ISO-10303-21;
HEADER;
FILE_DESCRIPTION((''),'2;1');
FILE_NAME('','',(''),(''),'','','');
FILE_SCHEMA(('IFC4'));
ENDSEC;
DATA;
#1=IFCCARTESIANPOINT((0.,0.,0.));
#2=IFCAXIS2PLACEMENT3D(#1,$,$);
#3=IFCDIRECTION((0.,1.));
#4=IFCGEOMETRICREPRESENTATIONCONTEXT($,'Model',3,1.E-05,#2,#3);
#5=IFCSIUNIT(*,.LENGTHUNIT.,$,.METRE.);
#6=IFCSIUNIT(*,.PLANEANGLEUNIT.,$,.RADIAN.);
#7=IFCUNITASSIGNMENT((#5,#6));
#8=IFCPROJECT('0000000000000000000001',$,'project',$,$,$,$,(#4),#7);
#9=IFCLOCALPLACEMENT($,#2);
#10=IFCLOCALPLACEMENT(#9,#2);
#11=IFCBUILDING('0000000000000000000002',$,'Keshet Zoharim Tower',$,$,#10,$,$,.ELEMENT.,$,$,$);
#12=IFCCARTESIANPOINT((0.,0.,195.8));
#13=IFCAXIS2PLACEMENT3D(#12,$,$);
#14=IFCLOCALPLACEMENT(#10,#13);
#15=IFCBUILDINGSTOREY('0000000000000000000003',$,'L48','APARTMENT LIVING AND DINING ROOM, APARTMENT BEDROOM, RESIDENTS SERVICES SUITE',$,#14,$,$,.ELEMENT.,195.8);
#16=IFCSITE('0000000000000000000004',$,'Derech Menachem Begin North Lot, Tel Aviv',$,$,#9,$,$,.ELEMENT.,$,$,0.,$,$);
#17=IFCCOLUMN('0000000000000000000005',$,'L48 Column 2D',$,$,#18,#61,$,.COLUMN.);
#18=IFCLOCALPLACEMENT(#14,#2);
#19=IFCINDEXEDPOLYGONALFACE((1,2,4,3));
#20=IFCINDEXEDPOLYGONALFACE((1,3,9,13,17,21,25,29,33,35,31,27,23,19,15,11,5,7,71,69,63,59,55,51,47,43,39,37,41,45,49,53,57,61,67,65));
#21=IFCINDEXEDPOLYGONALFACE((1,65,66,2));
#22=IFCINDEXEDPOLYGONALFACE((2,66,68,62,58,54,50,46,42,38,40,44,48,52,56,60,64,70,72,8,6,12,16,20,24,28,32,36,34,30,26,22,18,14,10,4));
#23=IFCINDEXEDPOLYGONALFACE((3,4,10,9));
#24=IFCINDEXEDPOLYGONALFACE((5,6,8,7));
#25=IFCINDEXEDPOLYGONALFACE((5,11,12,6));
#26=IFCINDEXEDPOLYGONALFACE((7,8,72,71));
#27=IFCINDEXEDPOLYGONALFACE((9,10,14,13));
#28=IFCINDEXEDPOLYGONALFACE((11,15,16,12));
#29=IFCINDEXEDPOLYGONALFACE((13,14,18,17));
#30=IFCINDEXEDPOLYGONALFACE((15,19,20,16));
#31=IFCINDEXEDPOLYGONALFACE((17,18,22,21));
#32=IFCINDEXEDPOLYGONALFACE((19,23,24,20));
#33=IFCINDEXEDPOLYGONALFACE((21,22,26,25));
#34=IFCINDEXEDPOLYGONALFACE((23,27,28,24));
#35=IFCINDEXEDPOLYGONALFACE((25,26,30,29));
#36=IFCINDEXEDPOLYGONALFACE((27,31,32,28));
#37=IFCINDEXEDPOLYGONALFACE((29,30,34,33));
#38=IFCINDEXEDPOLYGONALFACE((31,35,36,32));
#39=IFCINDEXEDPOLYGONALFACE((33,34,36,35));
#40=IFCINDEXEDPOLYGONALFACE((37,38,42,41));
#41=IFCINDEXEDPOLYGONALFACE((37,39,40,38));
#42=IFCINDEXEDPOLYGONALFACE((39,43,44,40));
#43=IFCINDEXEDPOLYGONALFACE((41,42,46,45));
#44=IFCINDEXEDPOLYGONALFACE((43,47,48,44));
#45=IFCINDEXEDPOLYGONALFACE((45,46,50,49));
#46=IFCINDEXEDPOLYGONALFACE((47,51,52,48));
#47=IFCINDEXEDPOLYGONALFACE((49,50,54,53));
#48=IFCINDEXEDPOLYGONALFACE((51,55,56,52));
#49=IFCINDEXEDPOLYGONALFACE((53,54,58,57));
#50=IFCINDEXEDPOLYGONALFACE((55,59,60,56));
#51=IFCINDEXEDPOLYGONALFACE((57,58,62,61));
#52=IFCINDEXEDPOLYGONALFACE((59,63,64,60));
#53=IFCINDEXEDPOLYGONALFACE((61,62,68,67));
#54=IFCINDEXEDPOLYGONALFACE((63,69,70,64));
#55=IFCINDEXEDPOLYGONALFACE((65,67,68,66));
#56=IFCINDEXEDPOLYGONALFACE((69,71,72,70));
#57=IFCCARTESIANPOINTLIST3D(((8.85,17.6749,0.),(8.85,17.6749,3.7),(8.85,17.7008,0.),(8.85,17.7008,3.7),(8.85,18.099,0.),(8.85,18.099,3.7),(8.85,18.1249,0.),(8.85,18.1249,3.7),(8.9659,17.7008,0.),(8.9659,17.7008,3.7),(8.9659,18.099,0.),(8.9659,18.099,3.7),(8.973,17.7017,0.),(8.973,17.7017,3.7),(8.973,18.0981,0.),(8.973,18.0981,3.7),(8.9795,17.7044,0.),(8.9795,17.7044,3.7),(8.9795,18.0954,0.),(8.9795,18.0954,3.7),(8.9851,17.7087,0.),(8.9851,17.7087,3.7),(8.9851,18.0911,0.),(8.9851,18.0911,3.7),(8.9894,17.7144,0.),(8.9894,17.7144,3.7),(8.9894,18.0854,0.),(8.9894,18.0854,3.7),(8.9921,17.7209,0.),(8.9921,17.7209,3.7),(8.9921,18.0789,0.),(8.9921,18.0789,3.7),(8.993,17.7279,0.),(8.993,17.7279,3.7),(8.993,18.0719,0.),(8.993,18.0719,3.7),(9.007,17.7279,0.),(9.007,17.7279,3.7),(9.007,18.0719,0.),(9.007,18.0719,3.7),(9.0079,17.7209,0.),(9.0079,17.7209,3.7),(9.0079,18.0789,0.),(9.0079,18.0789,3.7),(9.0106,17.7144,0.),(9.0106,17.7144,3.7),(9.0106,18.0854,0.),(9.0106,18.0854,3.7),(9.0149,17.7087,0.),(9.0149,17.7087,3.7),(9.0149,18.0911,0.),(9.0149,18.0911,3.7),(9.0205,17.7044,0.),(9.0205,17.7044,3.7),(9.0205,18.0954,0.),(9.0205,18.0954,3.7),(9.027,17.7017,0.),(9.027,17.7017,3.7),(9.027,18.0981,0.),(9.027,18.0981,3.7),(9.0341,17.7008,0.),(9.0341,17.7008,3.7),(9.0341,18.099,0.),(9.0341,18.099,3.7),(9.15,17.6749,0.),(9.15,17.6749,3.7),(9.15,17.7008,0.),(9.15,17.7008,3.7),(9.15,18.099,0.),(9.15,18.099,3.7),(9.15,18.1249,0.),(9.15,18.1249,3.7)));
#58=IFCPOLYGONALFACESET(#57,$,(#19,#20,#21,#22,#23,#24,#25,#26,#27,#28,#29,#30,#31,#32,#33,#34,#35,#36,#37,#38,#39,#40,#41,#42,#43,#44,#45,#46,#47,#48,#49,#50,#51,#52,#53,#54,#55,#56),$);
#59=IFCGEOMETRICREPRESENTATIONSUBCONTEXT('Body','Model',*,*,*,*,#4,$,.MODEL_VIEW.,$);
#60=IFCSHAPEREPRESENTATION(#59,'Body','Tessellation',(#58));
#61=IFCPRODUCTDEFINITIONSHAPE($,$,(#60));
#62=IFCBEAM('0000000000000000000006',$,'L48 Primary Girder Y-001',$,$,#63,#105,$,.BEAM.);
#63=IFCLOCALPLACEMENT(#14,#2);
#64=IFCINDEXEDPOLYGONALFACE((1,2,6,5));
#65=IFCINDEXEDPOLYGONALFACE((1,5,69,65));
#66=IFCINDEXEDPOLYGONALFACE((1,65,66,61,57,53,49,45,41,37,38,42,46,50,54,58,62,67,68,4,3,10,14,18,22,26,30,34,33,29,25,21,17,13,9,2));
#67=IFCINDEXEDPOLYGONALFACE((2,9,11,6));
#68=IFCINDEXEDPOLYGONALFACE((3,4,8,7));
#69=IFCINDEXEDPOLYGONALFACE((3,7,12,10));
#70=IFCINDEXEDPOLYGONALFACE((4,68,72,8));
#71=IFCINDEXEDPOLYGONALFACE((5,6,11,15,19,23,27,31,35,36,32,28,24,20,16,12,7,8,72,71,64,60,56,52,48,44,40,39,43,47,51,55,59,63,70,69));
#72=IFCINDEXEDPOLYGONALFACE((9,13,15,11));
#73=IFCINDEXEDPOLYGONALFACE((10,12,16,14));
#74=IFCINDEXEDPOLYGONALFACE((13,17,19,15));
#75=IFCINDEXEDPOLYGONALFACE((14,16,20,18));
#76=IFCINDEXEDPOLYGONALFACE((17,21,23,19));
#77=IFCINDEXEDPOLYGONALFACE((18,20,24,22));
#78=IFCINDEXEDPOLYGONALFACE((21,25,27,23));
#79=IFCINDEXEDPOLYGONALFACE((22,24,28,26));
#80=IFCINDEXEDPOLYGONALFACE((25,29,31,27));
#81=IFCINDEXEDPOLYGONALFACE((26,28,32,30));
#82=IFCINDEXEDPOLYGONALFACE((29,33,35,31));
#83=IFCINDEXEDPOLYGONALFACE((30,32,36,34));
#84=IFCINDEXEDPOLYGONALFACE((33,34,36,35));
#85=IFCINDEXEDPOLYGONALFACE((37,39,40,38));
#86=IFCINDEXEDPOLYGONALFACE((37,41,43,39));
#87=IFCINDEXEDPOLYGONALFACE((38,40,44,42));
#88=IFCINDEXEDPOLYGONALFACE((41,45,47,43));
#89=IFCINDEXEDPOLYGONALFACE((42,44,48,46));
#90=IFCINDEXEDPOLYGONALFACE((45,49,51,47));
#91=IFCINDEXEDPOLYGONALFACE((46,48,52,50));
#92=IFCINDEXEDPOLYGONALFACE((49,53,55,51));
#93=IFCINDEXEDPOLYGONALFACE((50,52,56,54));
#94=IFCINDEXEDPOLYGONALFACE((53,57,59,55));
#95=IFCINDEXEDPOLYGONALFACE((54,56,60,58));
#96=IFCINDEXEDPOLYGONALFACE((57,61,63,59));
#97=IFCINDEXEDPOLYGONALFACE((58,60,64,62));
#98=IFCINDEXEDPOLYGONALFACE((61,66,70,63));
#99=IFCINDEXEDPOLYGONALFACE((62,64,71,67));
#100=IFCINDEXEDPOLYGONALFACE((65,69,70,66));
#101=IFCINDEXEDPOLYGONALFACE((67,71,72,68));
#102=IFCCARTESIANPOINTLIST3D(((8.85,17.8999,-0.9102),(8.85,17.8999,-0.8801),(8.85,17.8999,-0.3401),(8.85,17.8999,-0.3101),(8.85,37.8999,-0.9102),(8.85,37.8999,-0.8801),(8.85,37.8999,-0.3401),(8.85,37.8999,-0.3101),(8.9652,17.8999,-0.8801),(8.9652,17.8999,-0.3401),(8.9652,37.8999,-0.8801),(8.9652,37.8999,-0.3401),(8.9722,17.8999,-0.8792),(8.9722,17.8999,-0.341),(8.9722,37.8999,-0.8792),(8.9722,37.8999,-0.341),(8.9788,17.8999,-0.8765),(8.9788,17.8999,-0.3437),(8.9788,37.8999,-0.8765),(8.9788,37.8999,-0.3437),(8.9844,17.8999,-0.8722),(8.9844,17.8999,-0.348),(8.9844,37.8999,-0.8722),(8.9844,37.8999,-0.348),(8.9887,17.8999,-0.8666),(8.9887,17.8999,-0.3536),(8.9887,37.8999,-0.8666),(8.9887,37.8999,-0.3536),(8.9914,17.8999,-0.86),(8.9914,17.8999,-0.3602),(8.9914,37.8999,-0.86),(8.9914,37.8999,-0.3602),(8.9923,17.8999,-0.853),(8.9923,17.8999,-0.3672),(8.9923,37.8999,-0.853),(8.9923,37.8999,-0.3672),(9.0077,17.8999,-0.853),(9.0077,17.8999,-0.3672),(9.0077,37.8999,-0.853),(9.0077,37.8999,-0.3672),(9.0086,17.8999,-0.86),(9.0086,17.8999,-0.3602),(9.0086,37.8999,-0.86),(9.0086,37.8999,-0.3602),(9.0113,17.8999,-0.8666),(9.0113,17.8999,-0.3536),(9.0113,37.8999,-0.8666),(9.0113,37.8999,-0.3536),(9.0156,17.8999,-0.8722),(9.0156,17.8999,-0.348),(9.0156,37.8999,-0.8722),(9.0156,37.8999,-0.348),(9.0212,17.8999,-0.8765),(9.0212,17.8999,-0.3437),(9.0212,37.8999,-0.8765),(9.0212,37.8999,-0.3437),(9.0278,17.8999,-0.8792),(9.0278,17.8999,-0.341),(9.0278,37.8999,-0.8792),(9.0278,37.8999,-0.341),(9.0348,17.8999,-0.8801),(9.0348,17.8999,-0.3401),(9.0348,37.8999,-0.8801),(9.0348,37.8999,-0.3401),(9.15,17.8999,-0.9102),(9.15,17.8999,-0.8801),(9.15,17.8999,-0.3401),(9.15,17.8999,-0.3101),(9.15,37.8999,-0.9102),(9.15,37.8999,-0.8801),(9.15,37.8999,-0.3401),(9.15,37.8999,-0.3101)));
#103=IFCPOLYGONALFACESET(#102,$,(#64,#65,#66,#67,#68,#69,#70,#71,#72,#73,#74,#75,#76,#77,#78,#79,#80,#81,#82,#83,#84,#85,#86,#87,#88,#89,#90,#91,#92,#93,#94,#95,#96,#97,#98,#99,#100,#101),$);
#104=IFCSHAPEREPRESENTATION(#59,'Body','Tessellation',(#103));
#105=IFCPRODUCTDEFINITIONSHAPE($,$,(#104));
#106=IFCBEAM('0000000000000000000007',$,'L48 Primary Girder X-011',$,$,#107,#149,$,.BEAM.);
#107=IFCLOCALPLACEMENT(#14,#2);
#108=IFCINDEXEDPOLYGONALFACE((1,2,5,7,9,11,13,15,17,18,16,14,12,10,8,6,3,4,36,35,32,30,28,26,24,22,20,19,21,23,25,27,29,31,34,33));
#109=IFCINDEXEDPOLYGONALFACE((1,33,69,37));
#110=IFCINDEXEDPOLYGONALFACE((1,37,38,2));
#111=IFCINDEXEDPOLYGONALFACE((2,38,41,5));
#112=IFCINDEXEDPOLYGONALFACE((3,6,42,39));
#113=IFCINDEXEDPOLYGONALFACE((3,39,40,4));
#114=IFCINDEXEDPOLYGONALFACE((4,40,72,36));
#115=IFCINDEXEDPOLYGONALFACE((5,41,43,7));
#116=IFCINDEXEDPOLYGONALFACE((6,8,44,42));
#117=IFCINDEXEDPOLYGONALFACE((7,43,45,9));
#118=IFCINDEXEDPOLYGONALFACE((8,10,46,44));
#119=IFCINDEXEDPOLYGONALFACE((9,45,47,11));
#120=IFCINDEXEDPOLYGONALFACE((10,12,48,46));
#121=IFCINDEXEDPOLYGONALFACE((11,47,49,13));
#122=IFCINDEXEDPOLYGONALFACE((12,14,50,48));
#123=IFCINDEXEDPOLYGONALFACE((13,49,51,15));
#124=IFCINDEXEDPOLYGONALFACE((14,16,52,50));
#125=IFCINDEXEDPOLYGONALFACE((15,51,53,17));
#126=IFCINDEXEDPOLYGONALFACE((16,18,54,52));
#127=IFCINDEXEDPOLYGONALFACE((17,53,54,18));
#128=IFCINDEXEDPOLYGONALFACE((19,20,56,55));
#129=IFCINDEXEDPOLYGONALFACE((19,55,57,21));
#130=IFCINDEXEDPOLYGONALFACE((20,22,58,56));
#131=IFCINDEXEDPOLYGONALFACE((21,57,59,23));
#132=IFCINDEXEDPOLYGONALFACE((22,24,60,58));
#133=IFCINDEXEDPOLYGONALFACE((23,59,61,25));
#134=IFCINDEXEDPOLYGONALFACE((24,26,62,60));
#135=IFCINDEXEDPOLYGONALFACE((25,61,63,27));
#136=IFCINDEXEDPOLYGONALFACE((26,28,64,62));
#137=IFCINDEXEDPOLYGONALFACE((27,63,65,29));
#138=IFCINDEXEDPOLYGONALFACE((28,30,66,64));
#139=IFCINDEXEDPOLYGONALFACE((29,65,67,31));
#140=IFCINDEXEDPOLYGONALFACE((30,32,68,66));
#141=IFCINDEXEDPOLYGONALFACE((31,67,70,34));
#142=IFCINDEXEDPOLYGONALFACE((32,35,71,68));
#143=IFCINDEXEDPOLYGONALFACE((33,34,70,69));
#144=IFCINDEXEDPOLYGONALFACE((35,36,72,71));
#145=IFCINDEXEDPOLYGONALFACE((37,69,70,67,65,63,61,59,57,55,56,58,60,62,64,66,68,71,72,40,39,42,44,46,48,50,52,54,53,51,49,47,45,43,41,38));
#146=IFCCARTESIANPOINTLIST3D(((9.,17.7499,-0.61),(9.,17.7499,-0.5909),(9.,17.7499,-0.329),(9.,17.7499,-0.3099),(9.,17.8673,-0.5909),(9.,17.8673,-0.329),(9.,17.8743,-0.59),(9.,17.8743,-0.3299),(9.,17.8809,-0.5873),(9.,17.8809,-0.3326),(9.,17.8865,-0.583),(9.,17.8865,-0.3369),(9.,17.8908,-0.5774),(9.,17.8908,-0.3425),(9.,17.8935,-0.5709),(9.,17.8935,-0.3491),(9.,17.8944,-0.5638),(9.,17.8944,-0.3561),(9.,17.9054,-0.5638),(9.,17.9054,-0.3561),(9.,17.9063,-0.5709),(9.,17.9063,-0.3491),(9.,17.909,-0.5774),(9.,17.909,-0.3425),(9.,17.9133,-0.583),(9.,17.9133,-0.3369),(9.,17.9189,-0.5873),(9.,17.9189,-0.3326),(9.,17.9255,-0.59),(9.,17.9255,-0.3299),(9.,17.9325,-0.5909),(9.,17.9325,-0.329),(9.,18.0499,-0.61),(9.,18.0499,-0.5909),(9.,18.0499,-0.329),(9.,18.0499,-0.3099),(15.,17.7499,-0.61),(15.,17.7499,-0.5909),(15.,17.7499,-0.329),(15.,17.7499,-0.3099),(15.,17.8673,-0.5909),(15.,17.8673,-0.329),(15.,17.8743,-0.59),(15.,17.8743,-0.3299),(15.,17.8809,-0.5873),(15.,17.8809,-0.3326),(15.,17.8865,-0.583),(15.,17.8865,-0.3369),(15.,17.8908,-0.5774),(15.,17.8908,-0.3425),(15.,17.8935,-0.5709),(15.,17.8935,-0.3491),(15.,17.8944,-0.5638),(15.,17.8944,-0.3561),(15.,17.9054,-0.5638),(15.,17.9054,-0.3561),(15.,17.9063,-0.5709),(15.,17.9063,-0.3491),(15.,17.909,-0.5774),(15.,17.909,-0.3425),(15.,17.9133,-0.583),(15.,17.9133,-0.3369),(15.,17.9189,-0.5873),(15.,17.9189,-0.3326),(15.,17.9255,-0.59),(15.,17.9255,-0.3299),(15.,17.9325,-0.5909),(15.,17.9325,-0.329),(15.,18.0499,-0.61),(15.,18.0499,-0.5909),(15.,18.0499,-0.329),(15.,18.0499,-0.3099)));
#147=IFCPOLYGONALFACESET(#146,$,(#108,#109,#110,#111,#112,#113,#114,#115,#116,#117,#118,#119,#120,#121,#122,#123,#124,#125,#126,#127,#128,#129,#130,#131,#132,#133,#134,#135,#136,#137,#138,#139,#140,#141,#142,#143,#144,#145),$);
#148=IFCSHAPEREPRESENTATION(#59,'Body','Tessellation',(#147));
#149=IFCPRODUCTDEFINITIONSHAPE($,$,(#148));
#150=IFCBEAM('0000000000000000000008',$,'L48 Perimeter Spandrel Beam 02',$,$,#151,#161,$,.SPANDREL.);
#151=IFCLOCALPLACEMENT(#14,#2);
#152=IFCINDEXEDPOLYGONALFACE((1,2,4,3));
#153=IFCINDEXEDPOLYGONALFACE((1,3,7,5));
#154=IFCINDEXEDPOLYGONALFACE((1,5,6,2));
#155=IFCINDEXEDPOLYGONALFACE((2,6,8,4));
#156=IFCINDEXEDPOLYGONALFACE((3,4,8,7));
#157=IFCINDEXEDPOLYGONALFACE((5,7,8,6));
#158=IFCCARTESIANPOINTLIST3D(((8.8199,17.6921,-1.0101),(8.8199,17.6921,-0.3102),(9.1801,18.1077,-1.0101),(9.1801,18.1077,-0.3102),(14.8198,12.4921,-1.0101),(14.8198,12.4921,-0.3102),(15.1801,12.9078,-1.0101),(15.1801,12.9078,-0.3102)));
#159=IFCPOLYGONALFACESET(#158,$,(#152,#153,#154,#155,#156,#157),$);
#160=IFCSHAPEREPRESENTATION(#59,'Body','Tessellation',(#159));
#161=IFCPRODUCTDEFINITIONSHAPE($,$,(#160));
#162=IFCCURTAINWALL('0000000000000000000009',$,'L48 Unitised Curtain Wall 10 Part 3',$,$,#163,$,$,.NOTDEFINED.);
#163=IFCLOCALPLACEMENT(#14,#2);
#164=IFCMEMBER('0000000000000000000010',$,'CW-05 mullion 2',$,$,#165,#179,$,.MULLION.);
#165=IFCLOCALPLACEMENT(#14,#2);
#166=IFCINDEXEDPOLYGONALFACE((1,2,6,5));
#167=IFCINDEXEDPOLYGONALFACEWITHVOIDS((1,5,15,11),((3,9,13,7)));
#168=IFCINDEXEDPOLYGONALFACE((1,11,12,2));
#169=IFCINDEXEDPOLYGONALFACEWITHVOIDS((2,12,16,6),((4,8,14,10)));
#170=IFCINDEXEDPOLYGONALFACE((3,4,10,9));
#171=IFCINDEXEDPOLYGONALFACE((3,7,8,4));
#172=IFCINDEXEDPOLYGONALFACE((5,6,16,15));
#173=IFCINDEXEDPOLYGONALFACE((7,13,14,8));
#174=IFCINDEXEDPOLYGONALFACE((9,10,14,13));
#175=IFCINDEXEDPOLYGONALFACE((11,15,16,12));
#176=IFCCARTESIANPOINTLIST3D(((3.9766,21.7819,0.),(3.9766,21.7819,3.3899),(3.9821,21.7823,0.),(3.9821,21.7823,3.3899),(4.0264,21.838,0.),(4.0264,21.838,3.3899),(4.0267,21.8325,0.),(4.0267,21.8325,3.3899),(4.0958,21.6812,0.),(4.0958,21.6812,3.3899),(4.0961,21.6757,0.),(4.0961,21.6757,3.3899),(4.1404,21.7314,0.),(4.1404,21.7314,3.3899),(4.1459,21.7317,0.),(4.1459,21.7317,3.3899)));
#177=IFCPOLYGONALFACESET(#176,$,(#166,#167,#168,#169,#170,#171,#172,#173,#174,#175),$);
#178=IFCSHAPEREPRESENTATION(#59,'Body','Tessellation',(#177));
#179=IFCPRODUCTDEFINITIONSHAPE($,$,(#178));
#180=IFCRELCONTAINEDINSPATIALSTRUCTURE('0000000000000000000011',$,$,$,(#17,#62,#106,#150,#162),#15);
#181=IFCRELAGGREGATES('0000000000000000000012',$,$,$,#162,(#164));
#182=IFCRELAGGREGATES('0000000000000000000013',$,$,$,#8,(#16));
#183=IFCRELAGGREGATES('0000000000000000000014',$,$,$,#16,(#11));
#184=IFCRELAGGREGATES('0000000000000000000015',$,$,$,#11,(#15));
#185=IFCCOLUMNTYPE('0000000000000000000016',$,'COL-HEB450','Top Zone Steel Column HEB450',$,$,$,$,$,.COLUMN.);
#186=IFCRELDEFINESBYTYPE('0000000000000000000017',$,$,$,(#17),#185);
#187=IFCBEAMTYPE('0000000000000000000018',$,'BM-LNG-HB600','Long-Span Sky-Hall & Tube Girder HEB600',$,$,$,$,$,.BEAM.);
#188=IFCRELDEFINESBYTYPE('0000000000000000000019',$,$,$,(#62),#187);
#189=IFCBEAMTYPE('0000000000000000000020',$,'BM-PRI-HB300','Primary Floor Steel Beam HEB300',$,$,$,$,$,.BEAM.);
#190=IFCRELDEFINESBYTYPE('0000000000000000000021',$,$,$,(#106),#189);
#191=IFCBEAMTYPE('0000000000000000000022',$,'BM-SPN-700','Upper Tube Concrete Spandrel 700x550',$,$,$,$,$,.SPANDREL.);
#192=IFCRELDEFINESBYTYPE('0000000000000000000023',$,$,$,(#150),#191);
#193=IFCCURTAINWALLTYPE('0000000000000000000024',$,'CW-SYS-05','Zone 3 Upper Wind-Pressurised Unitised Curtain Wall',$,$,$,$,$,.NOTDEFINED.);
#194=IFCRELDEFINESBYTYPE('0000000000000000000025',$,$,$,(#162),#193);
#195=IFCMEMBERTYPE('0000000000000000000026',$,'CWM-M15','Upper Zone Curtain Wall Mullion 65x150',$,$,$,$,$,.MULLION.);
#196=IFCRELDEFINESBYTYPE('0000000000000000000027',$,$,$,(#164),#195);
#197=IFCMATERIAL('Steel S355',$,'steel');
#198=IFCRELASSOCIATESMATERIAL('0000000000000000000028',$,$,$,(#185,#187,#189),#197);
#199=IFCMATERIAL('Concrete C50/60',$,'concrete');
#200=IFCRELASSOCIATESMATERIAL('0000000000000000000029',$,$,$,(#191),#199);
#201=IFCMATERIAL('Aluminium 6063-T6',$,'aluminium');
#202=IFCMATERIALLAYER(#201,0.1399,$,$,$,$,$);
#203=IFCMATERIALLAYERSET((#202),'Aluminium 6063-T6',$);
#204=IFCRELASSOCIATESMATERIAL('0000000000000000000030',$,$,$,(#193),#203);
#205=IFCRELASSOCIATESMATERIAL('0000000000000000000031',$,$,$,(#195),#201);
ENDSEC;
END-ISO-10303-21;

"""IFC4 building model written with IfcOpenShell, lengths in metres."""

from ifc_helpers import new_model, si_unit, direction, frame, origin, origin_2d, place, context, subcontext, project, spatial, rectangle, hollow_rectangle, i_section, extrude, material, layer, layer_set, material_profile, profile_set, type_object, element, aggregate, save


model = new_model("IFC4")

# Units and contexts
model_context = context("Model", 3, precision=1e-05, world=origin(), true_north=direction((0.0, 1.0)))
body_context = subcontext(model_context, "Body", "Model", "MODEL_VIEW")
ifc_project = project(units=[si_unit("LENGTHUNIT", "METRE"), si_unit("PLANEANGLEUNIT", "RADIAN")], contexts=[model_context])

# Site, building, storey
site_placement = place(None, origin())
site = spatial("IfcSite", under=ifc_project, at=site_placement, Name="Derech Menachem Begin North Lot, Tel Aviv", CompositionType="ELEMENT", RefElevation=0.0)
building_placement = place(site_placement, origin())
building = spatial("IfcBuilding", under=site, at=building_placement, Name="Keshet Zoharim Tower", CompositionType="ELEMENT")
storey_placement = place(building_placement, frame((0.0, 0.0, 195.8)))
storey = spatial("IfcBuildingStorey", under=building, at=storey_placement, Name="L48", Description="APARTMENT LIVING AND DINING ROOM, APARTMENT BEDROOM, RESIDENTS SERVICES SUITE", CompositionType="ELEMENT", Elevation=195.8)

# Column
ifc_material_1 = material(Name="Steel S355", Category="steel")
ifc_material_profile_1 = material_profile(ifc_material_1, i_section(OverallWidth=0.3, OverallDepth=0.45, WebThickness=0.0139, FlangeThickness=0.0259, FilletRadius=0.0271, at=origin_2d()), Name="HEB450")
ifc_profile_set_1 = profile_set([ifc_material_profile_1], Name="Steel S355")
column_type = type_object("IfcColumnType", Name="COL-HEB450", Description="Top Zone Steel Column HEB450", PredefinedType="COLUMN", material=ifc_profile_set_1)
column_placement = place(storey_placement, frame((9.0, 17.8999, 0.0), z_axis=(0.0, 0.0, 1.0), x_axis=(1.0, 0.0, 0.0)))
element("IfcColumn", 1, at=column_placement, inside=storey, type_object=column_type, Name="L48 Column 2D", PredefinedType="COLUMN", context=body_context, shape_type="SweptSolid", body=[
    extrude(i_section(OverallWidth=0.3, OverallDepth=0.45, WebThickness=0.0139, FlangeThickness=0.0259, FilletRadius=0.0271, at=origin_2d()), origin(), (0.0, 0.0, 1.0), 3.7),
])

# Beams
ifc_material_profile_2 = material_profile(ifc_material_1, i_section(OverallWidth=0.3, OverallDepth=0.6001, WebThickness=0.0154, FlangeThickness=0.03, FilletRadius=0.0271, at=origin_2d()), Name="HEB600")
ifc_profile_set_2 = profile_set([ifc_material_profile_2], Name="Steel S355")
beam_type_1 = type_object("IfcBeamType", Name="BM-LNG-HB600", Description="Long-Span Sky-Hall & Tube Girder HEB600", PredefinedType="BEAM", material=ifc_profile_set_2)
beam_1_placement = place(storey_placement, frame((9.0, 17.8999, -0.6101), z_axis=(0.0, 1.0, 0.0), x_axis=(-1.0, 0.0, 0.0)))
element("IfcBeam", 2, at=beam_1_placement, inside=storey, type_object=beam_type_1, Name="L48 Primary Girder Y-001", PredefinedType="BEAM", context=body_context, shape_type="SweptSolid", body=[
    extrude(i_section(OverallWidth=0.3, OverallDepth=0.6001, WebThickness=0.0154, FlangeThickness=0.03, FilletRadius=0.0271, at=origin_2d()), origin(), (0.0, 0.0, 1.0), 20.0),
])
ifc_material_profile_3 = material_profile(ifc_material_1, i_section(OverallWidth=0.3, OverallDepth=0.3, WebThickness=0.011, FlangeThickness=0.019, FilletRadius=0.0271, at=origin_2d()), Name="HEB300")
ifc_profile_set_3 = profile_set([ifc_material_profile_3], Name="Steel S355")
beam_type_2 = type_object("IfcBeamType", Name="BM-PRI-HB300", Description="Primary Floor Steel Beam HEB300", PredefinedType="BEAM", material=ifc_profile_set_3)
beam_2_placement = place(storey_placement, frame((9.0, 17.8999, -0.46), z_axis=(1.0, 0.0, 0.0), x_axis=(0.0, 1.0, 0.0)))
element("IfcBeam", 3, at=beam_2_placement, inside=storey, type_object=beam_type_2, Name="L48 Primary Girder X-011", PredefinedType="BEAM", context=body_context, shape_type="SweptSolid", body=[
    extrude(i_section(OverallWidth=0.3, OverallDepth=0.3, WebThickness=0.011, FlangeThickness=0.019, FilletRadius=0.0271, at=origin_2d()), origin(), (0.0, 0.0, 1.0), 6.0),
])
ifc_material_2 = material(Name="Concrete C50/60", Category="concrete")
ifc_material_profile_4 = material_profile(ifc_material_2, rectangle(XDim=0.55, YDim=0.7, at=origin_2d()), Name="RC700x550")
ifc_profile_set_4 = profile_set([ifc_material_profile_4], Name="Concrete C50/60")
beam_type_3 = type_object("IfcBeamType", Name="BM-SPN-700", Description="Upper Tube Concrete Spandrel 700x550", PredefinedType="SPANDREL", material=ifc_profile_set_4)
beam_3_placement = place(storey_placement, frame((9.0, 17.8999, -0.6602), z_axis=(0.755692, -0.654927, 0.0), x_axis=(0.654927, 0.755692, 0.0)))
element("IfcBeam", 4, at=beam_3_placement, inside=storey, type_object=beam_type_3, Name="L48 Perimeter Spandrel Beam 02", PredefinedType="SPANDREL", context=body_context, shape_type="SweptSolid", body=[
    extrude(rectangle(XDim=0.55, YDim=0.7, at=origin_2d()), origin(), (0.0, 0.0, 1.0), 7.9397),
])

# Curtain wall, member
ifc_material_3 = material(Name="Aluminium 6063-T6", Category="aluminium")
ifc_layer_1 = layer(ifc_material_3, 0.1399)
ifc_layer_set_1 = layer_set([ifc_layer_1], Name="Aluminium 6063-T6")
curtain_wall_type = type_object("IfcCurtainWallType", Name="CW-SYS-05", Description="Zone 3 Upper Wind-Pressurised Unitised Curtain Wall", PredefinedType="NOTDEFINED", material=ifc_layer_set_1)
curtain_wall_1_placement = place(storey_placement, origin())
curtain_wall_1 = element("IfcCurtainWall", 5, at=curtain_wall_1_placement, inside=storey, type_object=curtain_wall_type, Name="L48 Unitised Curtain Wall 10 Part 3", PredefinedType="NOTDEFINED")
ifc_material_profile_5 = material_profile(ifc_material_3, hollow_rectangle(XDim=0.075, YDim=0.1599, WallThickness=0.0039, at=origin_2d()), Name="MUL-75x160")
ifc_profile_set_5 = profile_set([ifc_material_profile_5], Name="Aluminium 6063-T6")
member_type_1 = type_object("IfcMemberType", Name="CWM-M15", Description="Upper Zone Curtain Wall Mullion 65x150", PredefinedType="MULLION", material=ifc_profile_set_5)
member_1_placement = place(storey_placement, frame((4.0613, 21.7568, 0.0), z_axis=(0.0, 0.0, 1.0), x_axis=(-0.664367, -0.747407, 0.0)))
member_1 = element("IfcMember", 6, at=member_1_placement, type_object=member_type_1, Name="CW-05 mullion 2", PredefinedType="MULLION", context=body_context, shape_type="SweptSolid", body=[
    extrude(hollow_rectangle(XDim=0.075, YDim=0.1599, WallThickness=0.0039, at=origin_2d()), origin(), (0.0, 0.0, 1.0), 3.3899),
])

aggregate(curtain_wall_1, [member_1])

save(model, "model.ifc")
